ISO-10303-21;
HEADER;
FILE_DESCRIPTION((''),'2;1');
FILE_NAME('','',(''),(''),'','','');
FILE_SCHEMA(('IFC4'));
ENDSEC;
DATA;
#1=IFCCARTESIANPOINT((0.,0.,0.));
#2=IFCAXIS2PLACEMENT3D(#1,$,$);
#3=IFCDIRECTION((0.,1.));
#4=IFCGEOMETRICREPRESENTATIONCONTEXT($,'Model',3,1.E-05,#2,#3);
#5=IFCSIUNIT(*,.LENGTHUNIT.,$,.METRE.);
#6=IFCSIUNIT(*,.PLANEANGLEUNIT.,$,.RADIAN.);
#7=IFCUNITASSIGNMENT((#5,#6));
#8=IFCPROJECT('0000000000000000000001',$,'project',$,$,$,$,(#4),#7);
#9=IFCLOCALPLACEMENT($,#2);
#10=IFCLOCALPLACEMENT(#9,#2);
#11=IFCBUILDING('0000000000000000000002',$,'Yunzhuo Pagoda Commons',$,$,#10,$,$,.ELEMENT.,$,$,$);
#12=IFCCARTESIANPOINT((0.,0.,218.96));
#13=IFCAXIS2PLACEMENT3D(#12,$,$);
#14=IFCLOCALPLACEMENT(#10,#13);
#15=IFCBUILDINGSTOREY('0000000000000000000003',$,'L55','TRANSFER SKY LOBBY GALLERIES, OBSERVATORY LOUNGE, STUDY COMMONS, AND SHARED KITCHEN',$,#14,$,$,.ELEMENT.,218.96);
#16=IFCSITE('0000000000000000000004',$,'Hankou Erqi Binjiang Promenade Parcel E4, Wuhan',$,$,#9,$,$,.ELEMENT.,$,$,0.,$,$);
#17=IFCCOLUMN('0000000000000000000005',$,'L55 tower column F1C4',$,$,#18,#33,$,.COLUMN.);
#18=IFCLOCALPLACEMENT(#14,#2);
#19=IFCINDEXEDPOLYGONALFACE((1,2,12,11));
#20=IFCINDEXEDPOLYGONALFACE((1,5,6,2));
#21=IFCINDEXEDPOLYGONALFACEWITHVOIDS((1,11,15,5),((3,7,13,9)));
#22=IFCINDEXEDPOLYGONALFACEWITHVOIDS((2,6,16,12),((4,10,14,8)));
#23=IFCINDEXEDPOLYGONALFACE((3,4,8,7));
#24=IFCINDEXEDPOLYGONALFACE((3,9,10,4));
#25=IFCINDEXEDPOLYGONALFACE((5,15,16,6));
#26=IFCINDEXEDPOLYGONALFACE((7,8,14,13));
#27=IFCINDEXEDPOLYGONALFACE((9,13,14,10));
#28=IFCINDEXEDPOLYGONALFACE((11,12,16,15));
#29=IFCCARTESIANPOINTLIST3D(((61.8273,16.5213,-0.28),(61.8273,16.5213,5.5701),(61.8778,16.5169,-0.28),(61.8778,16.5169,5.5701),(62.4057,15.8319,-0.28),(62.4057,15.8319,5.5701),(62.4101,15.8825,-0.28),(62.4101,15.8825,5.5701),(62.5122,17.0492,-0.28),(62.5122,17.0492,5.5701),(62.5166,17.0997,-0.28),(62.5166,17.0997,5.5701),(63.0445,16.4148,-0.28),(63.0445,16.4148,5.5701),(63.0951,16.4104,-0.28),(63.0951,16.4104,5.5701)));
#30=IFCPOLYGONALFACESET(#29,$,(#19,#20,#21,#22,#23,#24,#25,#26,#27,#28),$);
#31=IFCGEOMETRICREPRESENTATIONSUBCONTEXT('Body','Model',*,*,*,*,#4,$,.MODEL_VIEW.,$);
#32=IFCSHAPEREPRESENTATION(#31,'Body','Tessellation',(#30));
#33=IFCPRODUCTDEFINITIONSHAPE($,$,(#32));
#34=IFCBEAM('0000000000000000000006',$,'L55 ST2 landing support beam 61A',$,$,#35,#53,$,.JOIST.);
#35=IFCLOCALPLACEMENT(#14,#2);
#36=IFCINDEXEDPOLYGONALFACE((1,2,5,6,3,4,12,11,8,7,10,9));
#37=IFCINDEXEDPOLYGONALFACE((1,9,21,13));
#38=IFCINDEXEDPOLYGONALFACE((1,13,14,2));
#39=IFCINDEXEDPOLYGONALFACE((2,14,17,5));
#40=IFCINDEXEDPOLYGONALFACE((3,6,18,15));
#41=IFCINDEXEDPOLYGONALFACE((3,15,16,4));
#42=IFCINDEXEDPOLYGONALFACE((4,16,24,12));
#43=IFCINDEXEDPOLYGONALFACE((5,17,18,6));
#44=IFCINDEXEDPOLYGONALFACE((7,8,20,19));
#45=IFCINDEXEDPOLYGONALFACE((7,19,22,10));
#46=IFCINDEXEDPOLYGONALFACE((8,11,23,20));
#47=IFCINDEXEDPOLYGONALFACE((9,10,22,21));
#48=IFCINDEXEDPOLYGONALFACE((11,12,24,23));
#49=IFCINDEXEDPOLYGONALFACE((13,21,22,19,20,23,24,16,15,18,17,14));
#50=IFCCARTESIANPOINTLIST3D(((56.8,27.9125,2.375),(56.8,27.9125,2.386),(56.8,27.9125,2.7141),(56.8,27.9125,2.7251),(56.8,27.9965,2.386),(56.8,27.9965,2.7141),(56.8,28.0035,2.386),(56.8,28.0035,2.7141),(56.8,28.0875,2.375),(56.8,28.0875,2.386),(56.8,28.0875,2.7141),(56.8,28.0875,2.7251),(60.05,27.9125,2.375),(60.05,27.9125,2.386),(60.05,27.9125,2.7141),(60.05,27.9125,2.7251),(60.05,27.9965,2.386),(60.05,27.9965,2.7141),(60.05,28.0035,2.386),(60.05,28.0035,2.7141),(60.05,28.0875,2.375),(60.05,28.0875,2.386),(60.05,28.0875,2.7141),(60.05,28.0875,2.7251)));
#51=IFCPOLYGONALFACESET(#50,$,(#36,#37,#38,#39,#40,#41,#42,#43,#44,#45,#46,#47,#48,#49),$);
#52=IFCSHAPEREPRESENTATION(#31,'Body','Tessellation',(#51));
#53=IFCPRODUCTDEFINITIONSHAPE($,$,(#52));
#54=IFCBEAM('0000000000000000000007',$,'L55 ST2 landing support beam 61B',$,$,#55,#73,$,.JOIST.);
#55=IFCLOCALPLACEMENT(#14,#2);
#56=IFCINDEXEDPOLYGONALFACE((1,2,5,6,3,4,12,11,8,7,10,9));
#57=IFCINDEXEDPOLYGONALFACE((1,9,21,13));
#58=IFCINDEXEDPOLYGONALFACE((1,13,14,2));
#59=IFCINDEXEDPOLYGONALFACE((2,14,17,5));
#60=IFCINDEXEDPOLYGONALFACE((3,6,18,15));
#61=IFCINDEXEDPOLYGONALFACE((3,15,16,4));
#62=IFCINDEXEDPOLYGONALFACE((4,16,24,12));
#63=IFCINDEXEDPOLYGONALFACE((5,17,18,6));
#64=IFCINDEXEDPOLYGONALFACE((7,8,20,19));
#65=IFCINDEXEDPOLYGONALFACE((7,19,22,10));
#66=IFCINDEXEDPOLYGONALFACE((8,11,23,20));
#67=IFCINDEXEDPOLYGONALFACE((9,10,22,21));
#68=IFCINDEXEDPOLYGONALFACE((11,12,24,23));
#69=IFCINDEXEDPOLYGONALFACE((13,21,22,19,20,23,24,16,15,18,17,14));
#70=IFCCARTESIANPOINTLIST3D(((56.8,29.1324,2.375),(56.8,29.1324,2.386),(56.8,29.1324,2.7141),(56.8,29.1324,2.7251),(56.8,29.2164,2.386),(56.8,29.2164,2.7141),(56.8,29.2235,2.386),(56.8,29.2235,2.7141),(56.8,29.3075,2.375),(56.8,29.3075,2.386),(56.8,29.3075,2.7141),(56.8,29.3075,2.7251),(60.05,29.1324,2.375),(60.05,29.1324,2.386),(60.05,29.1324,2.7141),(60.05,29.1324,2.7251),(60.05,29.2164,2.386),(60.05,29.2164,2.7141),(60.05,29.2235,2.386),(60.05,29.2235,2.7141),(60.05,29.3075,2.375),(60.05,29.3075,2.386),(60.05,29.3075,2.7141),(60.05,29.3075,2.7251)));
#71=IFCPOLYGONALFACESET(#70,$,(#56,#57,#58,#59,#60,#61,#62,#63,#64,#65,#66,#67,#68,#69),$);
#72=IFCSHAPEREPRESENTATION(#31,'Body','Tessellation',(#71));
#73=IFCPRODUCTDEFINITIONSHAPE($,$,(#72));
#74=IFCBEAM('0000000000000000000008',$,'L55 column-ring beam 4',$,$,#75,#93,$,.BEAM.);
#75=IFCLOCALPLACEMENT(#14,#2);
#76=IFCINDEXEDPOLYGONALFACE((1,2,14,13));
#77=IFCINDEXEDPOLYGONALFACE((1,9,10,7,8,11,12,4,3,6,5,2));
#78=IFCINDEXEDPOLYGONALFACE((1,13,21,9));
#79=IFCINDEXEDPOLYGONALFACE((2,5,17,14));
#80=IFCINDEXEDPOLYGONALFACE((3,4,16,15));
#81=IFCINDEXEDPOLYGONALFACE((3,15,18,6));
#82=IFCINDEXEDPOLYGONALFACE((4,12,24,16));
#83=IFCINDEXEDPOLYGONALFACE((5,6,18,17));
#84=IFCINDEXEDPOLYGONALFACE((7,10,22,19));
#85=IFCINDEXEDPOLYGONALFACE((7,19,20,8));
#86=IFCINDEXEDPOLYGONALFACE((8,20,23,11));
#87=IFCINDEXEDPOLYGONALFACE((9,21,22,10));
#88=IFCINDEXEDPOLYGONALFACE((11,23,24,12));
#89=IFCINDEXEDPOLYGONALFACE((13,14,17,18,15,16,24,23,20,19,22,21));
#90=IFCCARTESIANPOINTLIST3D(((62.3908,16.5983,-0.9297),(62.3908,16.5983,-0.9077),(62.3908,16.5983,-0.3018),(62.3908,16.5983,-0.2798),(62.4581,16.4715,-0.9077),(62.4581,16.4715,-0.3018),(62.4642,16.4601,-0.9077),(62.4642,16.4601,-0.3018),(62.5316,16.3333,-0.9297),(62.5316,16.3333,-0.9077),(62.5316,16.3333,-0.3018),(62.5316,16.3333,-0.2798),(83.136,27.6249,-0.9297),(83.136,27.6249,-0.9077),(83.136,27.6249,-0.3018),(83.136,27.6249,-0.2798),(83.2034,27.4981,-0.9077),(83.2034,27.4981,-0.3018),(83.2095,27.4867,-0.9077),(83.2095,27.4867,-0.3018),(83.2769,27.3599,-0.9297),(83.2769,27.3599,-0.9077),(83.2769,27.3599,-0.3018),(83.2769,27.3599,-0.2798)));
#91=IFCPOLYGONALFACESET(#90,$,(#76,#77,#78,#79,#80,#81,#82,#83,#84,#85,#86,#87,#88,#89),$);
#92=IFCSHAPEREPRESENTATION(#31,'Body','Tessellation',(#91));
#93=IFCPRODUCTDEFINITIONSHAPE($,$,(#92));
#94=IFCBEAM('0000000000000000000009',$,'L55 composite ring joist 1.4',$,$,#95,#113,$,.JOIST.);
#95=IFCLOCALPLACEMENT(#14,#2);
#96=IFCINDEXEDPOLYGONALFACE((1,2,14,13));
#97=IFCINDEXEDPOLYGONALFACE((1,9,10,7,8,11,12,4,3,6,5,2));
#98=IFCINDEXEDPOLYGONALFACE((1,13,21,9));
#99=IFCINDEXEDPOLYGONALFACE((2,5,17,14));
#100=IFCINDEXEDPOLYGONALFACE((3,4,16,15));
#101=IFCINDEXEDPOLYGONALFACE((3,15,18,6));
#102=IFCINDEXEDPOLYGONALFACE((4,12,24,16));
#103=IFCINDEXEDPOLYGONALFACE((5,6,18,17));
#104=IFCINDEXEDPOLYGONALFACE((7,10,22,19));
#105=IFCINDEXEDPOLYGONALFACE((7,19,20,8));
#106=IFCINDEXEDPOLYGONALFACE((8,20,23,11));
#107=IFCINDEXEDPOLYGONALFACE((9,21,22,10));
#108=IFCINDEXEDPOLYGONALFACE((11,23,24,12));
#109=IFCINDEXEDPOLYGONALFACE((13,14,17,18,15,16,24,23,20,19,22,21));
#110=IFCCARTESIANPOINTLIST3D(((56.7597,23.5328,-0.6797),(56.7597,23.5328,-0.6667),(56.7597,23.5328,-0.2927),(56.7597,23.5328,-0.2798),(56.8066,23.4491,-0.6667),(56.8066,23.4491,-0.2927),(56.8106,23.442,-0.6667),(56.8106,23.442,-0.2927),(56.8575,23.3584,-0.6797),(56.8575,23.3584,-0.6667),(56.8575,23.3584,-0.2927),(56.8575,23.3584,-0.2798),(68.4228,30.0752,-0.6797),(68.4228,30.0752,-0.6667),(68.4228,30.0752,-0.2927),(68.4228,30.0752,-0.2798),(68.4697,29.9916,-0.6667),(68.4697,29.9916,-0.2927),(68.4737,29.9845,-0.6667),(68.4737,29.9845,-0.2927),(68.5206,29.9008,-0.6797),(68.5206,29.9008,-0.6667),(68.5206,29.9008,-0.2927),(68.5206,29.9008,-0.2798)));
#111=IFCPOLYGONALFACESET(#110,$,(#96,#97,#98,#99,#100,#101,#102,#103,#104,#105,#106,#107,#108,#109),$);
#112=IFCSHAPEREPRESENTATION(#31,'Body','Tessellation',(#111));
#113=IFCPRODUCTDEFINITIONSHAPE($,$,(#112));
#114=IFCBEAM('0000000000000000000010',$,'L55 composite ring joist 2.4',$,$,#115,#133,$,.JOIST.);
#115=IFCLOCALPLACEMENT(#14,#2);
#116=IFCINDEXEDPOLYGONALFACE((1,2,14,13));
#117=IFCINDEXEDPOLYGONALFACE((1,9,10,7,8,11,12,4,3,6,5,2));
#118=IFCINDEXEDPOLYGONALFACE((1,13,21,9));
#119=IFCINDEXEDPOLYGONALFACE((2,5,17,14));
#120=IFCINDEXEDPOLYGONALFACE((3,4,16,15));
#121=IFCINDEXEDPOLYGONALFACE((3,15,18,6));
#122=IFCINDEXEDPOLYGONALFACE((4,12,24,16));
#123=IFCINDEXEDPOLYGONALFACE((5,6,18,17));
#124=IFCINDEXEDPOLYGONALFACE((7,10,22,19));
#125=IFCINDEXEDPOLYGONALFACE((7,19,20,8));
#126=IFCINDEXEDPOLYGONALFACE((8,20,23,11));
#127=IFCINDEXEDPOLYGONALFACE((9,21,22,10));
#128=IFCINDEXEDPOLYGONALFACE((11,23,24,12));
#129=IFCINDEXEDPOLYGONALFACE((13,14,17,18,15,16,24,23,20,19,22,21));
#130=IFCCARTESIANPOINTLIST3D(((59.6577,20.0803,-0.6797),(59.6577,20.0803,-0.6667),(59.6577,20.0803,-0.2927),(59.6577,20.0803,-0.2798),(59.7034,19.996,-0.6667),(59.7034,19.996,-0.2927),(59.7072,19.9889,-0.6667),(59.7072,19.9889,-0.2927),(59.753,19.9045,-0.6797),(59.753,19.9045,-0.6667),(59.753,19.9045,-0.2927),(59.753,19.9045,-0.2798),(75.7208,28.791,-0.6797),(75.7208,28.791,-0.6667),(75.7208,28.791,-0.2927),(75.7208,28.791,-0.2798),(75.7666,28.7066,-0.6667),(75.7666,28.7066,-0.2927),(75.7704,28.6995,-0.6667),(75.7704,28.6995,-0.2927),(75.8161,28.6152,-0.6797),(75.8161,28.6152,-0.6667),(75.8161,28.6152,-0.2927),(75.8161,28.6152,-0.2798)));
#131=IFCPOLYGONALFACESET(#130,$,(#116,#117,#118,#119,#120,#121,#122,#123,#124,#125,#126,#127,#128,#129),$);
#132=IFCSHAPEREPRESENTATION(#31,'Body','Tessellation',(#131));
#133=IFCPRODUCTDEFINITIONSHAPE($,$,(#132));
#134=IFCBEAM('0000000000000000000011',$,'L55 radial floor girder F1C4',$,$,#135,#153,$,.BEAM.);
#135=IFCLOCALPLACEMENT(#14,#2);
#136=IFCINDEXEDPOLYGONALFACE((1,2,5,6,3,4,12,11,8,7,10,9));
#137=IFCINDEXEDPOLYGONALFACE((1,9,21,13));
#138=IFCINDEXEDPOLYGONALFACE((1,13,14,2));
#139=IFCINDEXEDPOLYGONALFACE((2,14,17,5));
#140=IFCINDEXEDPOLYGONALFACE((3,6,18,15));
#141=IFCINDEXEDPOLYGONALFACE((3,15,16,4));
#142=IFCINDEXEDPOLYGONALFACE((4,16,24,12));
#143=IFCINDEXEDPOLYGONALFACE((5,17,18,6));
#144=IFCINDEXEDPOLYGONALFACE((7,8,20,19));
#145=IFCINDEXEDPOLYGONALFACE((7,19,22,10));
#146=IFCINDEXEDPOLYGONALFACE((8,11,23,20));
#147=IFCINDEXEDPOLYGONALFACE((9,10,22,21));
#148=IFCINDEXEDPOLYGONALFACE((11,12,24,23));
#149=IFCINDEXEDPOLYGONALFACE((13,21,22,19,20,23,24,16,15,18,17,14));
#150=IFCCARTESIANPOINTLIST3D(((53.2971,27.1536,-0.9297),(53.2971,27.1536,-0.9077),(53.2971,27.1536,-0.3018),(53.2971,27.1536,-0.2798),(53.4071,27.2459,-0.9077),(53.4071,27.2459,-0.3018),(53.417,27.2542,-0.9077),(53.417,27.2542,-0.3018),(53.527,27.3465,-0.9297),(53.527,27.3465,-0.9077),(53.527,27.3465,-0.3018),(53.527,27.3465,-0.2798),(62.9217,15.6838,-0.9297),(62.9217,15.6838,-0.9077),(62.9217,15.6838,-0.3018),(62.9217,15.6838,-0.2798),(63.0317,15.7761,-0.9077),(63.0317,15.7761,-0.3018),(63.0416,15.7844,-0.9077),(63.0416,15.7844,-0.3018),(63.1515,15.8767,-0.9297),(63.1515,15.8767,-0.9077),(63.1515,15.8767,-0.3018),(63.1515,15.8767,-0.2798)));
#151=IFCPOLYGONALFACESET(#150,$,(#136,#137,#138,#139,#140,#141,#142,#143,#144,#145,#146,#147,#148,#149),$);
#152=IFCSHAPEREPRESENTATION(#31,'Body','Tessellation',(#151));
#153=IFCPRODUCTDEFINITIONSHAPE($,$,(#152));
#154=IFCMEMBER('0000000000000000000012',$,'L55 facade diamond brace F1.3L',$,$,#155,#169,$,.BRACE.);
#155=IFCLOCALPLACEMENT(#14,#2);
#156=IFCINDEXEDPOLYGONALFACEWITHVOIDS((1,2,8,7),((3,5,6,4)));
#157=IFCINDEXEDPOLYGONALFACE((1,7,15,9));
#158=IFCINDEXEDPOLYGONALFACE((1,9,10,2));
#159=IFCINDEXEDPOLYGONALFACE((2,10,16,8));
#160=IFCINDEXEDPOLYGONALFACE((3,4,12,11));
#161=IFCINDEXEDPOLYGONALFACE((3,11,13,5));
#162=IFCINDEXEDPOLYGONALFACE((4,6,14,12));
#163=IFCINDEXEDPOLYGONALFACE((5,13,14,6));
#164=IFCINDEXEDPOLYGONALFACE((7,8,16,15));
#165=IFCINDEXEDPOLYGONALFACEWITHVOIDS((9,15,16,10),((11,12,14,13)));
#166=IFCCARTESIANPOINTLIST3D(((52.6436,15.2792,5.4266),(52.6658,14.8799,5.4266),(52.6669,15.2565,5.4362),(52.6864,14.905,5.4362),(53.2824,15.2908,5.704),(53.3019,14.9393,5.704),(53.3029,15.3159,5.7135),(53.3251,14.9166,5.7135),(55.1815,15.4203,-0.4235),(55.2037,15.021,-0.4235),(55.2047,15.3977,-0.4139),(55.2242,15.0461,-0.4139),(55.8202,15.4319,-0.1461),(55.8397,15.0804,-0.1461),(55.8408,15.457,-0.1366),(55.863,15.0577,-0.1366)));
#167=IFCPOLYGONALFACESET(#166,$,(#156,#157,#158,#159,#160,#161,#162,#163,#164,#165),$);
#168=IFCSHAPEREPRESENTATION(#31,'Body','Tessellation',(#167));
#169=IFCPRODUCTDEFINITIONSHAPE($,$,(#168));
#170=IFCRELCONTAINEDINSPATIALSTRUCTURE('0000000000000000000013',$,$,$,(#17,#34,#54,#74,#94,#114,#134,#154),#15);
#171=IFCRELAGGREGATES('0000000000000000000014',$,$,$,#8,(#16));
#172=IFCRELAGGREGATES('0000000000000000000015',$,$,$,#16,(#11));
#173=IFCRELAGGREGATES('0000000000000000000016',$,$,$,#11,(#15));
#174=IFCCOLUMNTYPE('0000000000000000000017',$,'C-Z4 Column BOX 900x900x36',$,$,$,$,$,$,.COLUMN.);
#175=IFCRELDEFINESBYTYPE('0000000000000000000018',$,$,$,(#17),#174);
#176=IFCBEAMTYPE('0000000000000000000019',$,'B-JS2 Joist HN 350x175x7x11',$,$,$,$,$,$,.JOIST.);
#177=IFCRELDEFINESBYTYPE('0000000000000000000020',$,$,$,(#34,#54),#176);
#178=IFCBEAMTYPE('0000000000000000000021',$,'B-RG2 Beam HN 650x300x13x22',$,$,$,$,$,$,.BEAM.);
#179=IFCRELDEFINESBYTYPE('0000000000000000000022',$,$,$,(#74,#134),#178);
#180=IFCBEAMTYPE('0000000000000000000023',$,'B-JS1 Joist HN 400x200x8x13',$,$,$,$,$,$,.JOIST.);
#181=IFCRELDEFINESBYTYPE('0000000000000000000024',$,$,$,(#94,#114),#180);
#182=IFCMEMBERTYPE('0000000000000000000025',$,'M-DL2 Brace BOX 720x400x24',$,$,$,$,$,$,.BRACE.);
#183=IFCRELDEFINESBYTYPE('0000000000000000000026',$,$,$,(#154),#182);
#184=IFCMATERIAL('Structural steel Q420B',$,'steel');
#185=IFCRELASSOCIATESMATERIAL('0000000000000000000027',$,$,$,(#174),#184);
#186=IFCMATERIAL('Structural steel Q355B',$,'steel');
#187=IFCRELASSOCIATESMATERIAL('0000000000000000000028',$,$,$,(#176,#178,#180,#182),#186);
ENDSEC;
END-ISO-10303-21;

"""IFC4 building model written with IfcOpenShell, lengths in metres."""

from ifc_helpers import new_model, si_unit, direction, frame, origin, origin_2d, place, context, subcontext, project, spatial, hollow_rectangle, i_section, extrude, source, transform, mapped, material, material_profile, profile_set, type_object, element, save


model = new_model("IFC4")

# Units and contexts
model_context = context("Model", 3, precision=1e-05, world=origin(), true_north=direction((0.0, 1.0)))
body_context = subcontext(model_context, "Body", "Model", "MODEL_VIEW")
ifc_project = project(units=[si_unit("LENGTHUNIT", "METRE"), si_unit("PLANEANGLEUNIT", "RADIAN")], contexts=[model_context])

# Site, building, storey
site_placement = place(None, origin())
site = spatial("IfcSite", under=ifc_project, at=site_placement, Name="Hankou Erqi Binjiang Promenade Parcel E4, Wuhan", CompositionType="ELEMENT", RefElevation=0.0)
building_placement = place(site_placement, origin())
building = spatial("IfcBuilding", under=site, at=building_placement, Name="Yunzhuo Pagoda Commons", CompositionType="ELEMENT")
storey_placement = place(building_placement, frame((0.0, 0.0, 218.96)))
storey = spatial("IfcBuildingStorey", under=building, at=storey_placement, Name="L55", Description="TRANSFER SKY LOBBY GALLERIES, OBSERVATORY LOUNGE, STUDY COMMONS, AND SHARED KITCHEN", CompositionType="ELEMENT", Elevation=218.96)

# Column
ifc_material_1 = material(Name="Structural steel Q420B", Category="steel")
ifc_material_profile_1 = material_profile(ifc_material_1, hollow_rectangle(XDim=0.8999, YDim=0.8999, WallThickness=0.0359, at=origin_2d()), Name="Structural steel Q420B")
ifc_profile_set_1 = profile_set([ifc_material_profile_1], Name="Structural steel Q420B")
column_type = type_object("IfcColumnType", Name="C-Z4 Column BOX 900x900x36", PredefinedType="COLUMN", material=ifc_profile_set_1)
shared_shape_1 = source(origin(), body_context, "Body", "SweptSolid", [
    extrude(hollow_rectangle(XDim=0.8999, YDim=0.8999, WallThickness=0.0359, at=origin_2d()), origin(), (0.0, 0.0, 1.0), 5.8501),
])
column_placement = place(storey_placement, frame((62.4612, 16.4658, -0.28), z_axis=(0.0, 0.0, 1.0), x_axis=(0.766044, 0.642788, 0.0)))
element("IfcColumn", 1, at=column_placement, inside=storey, type_object=column_type, Name="L55 tower column F1C4", PredefinedType="COLUMN", context=body_context, shape_type="MappedRepresentation", body=[
    mapped(shared_shape_1, transform((0.0, 0.0, 0.0), scale=1.0)),
])

# Beams
ifc_material_2 = material(Name="Structural steel Q355B", Category="steel")
ifc_material_profile_2 = material_profile(ifc_material_2, i_section(OverallWidth=0.175, OverallDepth=0.3501, WebThickness=0.0071, FlangeThickness=0.011, at=origin_2d()), Name="Structural steel Q355B")
ifc_profile_set_2 = profile_set([ifc_material_profile_2], Name="Structural steel Q355B")
beam_type_1 = type_object("IfcBeamType", Name="B-JS2 Joist HN 350x175x7x11", PredefinedType="JOIST", material=ifc_profile_set_2)
shared_shape_2 = source(origin(), body_context, "Body", "SweptSolid", [
    extrude(i_section(OverallWidth=0.175, OverallDepth=0.3501, WebThickness=0.0071, FlangeThickness=0.011, at=origin_2d()), origin(), (0.0, 0.0, 1.0), 3.25),
])
for number, where, z_axis, x_axis, name in (
    (2, (56.8, 28.0, 2.55), (1.0, 0.0, 0.0), (0.0, 1.0, 0.0), "L55 ST2 landing support beam 61A"),
    (3, (56.8, 29.22, 2.55), (1.0, 0.0, 0.0), (0.0, 1.0, 0.0), "L55 ST2 landing support beam 61B"),
):
    element("IfcBeam", number, at=place(storey_placement, frame(where, z_axis=z_axis, x_axis=x_axis)), inside=storey, type_object=beam_type_1, Name=name, PredefinedType="JOIST", context=body_context, shape_type="MappedRepresentation", body=[
        mapped(shared_shape_2, transform((0.0, 0.0, 0.0), scale=1.0)),
    ])
ifc_material_profile_3 = material_profile(ifc_material_2, i_section(OverallWidth=0.3, OverallDepth=0.6499, WebThickness=0.0129, FlangeThickness=0.022, at=origin_2d()), Name="Structural steel Q355B")
ifc_profile_set_3 = profile_set([ifc_material_profile_3], Name="Structural steel Q355B")
beam_type_2 = type_object("IfcBeamType", Name="B-RG2 Beam HN 650x300x13x22", PredefinedType="BEAM", material=ifc_profile_set_3)
shared_shape_3 = source(origin(), body_context, "Body", "SweptSolid", [
    extrude(i_section(OverallWidth=0.3, OverallDepth=0.6499, WebThickness=0.0129, FlangeThickness=0.022, at=origin_2d()), origin(), (0.0, 0.0, 1.0), 23.4937),
])
beam_1_placement = place(storey_placement, frame((62.4612, 16.4658, -0.6047), z_axis=(0.883016, 0.469342, 0.0), x_axis=(-0.469342, 0.883016, 0.0)))
element("IfcBeam", 4, at=beam_1_placement, inside=storey, type_object=beam_type_2, Name="L55 column-ring beam 4", PredefinedType="BEAM", context=body_context, shape_type="MappedRepresentation", body=[
    mapped(shared_shape_3, transform((0.0, 0.0, 0.0), scale=1.0)),
])
ifc_material_profile_4 = material_profile(ifc_material_2, i_section(OverallWidth=0.2, OverallDepth=0.3999, WebThickness=0.0081, FlangeThickness=0.0129, at=origin_2d()), Name="Structural steel Q355B")
ifc_profile_set_4 = profile_set([ifc_material_profile_4], Name="Structural steel Q355B")
beam_type_3 = type_object("IfcBeamType", Name="B-JS1 Joist HN 400x200x8x13", PredefinedType="JOIST", material=ifc_profile_set_4)
shared_shape_4 = source(origin(), body_context, "Body", "SweptSolid", [
    extrude(i_section(OverallWidth=0.2, OverallDepth=0.3999, WebThickness=0.0081, FlangeThickness=0.0129, at=origin_2d()), origin(), (0.0, 0.0, 1.0), 13.3728),
])
beam_2_placement = place(storey_placement, frame((56.8086, 23.4456, -0.4797), z_axis=(0.87215, 0.489238, 0.0), x_axis=(-0.489238, 0.87215, 0.0)))
element("IfcBeam", 5, at=beam_2_placement, inside=storey, type_object=beam_type_3, Name="L55 composite ring joist 1.4", PredefinedType="JOIST", context=body_context, shape_type="MappedRepresentation", body=[
    mapped(shared_shape_4, transform((0.0, 0.0, 0.0), scale=1.0)),
])
shared_shape_5 = source(origin(), body_context, "Body", "SweptSolid", [
    extrude(i_section(OverallWidth=0.2, OverallDepth=0.3999, WebThickness=0.0081, FlangeThickness=0.0129, at=origin_2d()), origin(), (0.0, 0.0, 1.0), 18.2729),
])
beam_3_placement = place(storey_placement, frame((59.7053, 19.9924, -0.4797), z_axis=(0.879068, 0.476697, 0.0), x_axis=(-0.476697, 0.879068, 0.0)))
element("IfcBeam", 6, at=beam_3_placement, inside=storey, type_object=beam_type_3, Name="L55 composite ring joist 2.4", PredefinedType="JOIST", context=body_context, shape_type="MappedRepresentation", body=[
    mapped(shared_shape_5, transform((0.0, 0.0, 0.0), scale=1.0)),
])
shared_shape_6 = source(origin(), body_context, "Body", "SweptSolid", [
    extrude(i_section(OverallWidth=0.3, OverallDepth=0.6499, WebThickness=0.0129, FlangeThickness=0.022, at=origin_2d()), origin(), (0.0, 0.0, 1.0), 14.9729),
])
beam_4_placement = place(storey_placement, frame((63.0366, 15.7803, -0.6047), z_axis=(-0.642798, 0.766036, 0.0), x_axis=(-0.766036, -0.642798, 0.0)))
element("IfcBeam", 7, at=beam_4_placement, inside=storey, type_object=beam_type_2, Name="L55 radial floor girder F1C4", PredefinedType="BEAM", context=body_context, shape_type="MappedRepresentation", body=[
    mapped(shared_shape_6, transform((0.0, 0.0, 0.0), scale=1.0)),
])

# Member
ifc_material_profile_5 = material_profile(ifc_material_2, hollow_rectangle(XDim=0.3999, YDim=0.72, WallThickness=0.0239, at=origin_2d()), Name="Structural steel Q355B")
ifc_profile_set_5 = profile_set([ifc_material_profile_5], Name="Structural steel Q355B")
member_type_1 = type_object("IfcMemberType", Name="M-DL2 Brace BOX 720x400x24", PredefinedType="BRACE", material=ifc_profile_set_5)
shared_shape_7 = source(origin(), body_context, "Body", "SweptSolid", [
    extrude(hollow_rectangle(XDim=0.3999, YDim=0.72, WallThickness=0.0239, at=origin_2d()), origin(), (0.0, 0.0, 1.0), 6.3784),
])
for number, where, z_axis, x_axis, name in (
    (8, (55.5222, 15.239, -0.28), (-0.39788, -0.022124, 0.917171), (0.055518, -0.998458, 0.0), "L55 facade diamond brace F1.3L"),
):
    element("IfcMember", number, at=place(storey_placement, frame(where, z_axis=z_axis, x_axis=x_axis)), inside=storey, type_object=member_type_1, Name=name, PredefinedType="BRACE", context=body_context, shape_type="MappedRepresentation", body=[
        mapped(shared_shape_7, transform((0.0, 0.0, 0.0), scale=1.0)),
    ])

save(model, "model.ifc")
